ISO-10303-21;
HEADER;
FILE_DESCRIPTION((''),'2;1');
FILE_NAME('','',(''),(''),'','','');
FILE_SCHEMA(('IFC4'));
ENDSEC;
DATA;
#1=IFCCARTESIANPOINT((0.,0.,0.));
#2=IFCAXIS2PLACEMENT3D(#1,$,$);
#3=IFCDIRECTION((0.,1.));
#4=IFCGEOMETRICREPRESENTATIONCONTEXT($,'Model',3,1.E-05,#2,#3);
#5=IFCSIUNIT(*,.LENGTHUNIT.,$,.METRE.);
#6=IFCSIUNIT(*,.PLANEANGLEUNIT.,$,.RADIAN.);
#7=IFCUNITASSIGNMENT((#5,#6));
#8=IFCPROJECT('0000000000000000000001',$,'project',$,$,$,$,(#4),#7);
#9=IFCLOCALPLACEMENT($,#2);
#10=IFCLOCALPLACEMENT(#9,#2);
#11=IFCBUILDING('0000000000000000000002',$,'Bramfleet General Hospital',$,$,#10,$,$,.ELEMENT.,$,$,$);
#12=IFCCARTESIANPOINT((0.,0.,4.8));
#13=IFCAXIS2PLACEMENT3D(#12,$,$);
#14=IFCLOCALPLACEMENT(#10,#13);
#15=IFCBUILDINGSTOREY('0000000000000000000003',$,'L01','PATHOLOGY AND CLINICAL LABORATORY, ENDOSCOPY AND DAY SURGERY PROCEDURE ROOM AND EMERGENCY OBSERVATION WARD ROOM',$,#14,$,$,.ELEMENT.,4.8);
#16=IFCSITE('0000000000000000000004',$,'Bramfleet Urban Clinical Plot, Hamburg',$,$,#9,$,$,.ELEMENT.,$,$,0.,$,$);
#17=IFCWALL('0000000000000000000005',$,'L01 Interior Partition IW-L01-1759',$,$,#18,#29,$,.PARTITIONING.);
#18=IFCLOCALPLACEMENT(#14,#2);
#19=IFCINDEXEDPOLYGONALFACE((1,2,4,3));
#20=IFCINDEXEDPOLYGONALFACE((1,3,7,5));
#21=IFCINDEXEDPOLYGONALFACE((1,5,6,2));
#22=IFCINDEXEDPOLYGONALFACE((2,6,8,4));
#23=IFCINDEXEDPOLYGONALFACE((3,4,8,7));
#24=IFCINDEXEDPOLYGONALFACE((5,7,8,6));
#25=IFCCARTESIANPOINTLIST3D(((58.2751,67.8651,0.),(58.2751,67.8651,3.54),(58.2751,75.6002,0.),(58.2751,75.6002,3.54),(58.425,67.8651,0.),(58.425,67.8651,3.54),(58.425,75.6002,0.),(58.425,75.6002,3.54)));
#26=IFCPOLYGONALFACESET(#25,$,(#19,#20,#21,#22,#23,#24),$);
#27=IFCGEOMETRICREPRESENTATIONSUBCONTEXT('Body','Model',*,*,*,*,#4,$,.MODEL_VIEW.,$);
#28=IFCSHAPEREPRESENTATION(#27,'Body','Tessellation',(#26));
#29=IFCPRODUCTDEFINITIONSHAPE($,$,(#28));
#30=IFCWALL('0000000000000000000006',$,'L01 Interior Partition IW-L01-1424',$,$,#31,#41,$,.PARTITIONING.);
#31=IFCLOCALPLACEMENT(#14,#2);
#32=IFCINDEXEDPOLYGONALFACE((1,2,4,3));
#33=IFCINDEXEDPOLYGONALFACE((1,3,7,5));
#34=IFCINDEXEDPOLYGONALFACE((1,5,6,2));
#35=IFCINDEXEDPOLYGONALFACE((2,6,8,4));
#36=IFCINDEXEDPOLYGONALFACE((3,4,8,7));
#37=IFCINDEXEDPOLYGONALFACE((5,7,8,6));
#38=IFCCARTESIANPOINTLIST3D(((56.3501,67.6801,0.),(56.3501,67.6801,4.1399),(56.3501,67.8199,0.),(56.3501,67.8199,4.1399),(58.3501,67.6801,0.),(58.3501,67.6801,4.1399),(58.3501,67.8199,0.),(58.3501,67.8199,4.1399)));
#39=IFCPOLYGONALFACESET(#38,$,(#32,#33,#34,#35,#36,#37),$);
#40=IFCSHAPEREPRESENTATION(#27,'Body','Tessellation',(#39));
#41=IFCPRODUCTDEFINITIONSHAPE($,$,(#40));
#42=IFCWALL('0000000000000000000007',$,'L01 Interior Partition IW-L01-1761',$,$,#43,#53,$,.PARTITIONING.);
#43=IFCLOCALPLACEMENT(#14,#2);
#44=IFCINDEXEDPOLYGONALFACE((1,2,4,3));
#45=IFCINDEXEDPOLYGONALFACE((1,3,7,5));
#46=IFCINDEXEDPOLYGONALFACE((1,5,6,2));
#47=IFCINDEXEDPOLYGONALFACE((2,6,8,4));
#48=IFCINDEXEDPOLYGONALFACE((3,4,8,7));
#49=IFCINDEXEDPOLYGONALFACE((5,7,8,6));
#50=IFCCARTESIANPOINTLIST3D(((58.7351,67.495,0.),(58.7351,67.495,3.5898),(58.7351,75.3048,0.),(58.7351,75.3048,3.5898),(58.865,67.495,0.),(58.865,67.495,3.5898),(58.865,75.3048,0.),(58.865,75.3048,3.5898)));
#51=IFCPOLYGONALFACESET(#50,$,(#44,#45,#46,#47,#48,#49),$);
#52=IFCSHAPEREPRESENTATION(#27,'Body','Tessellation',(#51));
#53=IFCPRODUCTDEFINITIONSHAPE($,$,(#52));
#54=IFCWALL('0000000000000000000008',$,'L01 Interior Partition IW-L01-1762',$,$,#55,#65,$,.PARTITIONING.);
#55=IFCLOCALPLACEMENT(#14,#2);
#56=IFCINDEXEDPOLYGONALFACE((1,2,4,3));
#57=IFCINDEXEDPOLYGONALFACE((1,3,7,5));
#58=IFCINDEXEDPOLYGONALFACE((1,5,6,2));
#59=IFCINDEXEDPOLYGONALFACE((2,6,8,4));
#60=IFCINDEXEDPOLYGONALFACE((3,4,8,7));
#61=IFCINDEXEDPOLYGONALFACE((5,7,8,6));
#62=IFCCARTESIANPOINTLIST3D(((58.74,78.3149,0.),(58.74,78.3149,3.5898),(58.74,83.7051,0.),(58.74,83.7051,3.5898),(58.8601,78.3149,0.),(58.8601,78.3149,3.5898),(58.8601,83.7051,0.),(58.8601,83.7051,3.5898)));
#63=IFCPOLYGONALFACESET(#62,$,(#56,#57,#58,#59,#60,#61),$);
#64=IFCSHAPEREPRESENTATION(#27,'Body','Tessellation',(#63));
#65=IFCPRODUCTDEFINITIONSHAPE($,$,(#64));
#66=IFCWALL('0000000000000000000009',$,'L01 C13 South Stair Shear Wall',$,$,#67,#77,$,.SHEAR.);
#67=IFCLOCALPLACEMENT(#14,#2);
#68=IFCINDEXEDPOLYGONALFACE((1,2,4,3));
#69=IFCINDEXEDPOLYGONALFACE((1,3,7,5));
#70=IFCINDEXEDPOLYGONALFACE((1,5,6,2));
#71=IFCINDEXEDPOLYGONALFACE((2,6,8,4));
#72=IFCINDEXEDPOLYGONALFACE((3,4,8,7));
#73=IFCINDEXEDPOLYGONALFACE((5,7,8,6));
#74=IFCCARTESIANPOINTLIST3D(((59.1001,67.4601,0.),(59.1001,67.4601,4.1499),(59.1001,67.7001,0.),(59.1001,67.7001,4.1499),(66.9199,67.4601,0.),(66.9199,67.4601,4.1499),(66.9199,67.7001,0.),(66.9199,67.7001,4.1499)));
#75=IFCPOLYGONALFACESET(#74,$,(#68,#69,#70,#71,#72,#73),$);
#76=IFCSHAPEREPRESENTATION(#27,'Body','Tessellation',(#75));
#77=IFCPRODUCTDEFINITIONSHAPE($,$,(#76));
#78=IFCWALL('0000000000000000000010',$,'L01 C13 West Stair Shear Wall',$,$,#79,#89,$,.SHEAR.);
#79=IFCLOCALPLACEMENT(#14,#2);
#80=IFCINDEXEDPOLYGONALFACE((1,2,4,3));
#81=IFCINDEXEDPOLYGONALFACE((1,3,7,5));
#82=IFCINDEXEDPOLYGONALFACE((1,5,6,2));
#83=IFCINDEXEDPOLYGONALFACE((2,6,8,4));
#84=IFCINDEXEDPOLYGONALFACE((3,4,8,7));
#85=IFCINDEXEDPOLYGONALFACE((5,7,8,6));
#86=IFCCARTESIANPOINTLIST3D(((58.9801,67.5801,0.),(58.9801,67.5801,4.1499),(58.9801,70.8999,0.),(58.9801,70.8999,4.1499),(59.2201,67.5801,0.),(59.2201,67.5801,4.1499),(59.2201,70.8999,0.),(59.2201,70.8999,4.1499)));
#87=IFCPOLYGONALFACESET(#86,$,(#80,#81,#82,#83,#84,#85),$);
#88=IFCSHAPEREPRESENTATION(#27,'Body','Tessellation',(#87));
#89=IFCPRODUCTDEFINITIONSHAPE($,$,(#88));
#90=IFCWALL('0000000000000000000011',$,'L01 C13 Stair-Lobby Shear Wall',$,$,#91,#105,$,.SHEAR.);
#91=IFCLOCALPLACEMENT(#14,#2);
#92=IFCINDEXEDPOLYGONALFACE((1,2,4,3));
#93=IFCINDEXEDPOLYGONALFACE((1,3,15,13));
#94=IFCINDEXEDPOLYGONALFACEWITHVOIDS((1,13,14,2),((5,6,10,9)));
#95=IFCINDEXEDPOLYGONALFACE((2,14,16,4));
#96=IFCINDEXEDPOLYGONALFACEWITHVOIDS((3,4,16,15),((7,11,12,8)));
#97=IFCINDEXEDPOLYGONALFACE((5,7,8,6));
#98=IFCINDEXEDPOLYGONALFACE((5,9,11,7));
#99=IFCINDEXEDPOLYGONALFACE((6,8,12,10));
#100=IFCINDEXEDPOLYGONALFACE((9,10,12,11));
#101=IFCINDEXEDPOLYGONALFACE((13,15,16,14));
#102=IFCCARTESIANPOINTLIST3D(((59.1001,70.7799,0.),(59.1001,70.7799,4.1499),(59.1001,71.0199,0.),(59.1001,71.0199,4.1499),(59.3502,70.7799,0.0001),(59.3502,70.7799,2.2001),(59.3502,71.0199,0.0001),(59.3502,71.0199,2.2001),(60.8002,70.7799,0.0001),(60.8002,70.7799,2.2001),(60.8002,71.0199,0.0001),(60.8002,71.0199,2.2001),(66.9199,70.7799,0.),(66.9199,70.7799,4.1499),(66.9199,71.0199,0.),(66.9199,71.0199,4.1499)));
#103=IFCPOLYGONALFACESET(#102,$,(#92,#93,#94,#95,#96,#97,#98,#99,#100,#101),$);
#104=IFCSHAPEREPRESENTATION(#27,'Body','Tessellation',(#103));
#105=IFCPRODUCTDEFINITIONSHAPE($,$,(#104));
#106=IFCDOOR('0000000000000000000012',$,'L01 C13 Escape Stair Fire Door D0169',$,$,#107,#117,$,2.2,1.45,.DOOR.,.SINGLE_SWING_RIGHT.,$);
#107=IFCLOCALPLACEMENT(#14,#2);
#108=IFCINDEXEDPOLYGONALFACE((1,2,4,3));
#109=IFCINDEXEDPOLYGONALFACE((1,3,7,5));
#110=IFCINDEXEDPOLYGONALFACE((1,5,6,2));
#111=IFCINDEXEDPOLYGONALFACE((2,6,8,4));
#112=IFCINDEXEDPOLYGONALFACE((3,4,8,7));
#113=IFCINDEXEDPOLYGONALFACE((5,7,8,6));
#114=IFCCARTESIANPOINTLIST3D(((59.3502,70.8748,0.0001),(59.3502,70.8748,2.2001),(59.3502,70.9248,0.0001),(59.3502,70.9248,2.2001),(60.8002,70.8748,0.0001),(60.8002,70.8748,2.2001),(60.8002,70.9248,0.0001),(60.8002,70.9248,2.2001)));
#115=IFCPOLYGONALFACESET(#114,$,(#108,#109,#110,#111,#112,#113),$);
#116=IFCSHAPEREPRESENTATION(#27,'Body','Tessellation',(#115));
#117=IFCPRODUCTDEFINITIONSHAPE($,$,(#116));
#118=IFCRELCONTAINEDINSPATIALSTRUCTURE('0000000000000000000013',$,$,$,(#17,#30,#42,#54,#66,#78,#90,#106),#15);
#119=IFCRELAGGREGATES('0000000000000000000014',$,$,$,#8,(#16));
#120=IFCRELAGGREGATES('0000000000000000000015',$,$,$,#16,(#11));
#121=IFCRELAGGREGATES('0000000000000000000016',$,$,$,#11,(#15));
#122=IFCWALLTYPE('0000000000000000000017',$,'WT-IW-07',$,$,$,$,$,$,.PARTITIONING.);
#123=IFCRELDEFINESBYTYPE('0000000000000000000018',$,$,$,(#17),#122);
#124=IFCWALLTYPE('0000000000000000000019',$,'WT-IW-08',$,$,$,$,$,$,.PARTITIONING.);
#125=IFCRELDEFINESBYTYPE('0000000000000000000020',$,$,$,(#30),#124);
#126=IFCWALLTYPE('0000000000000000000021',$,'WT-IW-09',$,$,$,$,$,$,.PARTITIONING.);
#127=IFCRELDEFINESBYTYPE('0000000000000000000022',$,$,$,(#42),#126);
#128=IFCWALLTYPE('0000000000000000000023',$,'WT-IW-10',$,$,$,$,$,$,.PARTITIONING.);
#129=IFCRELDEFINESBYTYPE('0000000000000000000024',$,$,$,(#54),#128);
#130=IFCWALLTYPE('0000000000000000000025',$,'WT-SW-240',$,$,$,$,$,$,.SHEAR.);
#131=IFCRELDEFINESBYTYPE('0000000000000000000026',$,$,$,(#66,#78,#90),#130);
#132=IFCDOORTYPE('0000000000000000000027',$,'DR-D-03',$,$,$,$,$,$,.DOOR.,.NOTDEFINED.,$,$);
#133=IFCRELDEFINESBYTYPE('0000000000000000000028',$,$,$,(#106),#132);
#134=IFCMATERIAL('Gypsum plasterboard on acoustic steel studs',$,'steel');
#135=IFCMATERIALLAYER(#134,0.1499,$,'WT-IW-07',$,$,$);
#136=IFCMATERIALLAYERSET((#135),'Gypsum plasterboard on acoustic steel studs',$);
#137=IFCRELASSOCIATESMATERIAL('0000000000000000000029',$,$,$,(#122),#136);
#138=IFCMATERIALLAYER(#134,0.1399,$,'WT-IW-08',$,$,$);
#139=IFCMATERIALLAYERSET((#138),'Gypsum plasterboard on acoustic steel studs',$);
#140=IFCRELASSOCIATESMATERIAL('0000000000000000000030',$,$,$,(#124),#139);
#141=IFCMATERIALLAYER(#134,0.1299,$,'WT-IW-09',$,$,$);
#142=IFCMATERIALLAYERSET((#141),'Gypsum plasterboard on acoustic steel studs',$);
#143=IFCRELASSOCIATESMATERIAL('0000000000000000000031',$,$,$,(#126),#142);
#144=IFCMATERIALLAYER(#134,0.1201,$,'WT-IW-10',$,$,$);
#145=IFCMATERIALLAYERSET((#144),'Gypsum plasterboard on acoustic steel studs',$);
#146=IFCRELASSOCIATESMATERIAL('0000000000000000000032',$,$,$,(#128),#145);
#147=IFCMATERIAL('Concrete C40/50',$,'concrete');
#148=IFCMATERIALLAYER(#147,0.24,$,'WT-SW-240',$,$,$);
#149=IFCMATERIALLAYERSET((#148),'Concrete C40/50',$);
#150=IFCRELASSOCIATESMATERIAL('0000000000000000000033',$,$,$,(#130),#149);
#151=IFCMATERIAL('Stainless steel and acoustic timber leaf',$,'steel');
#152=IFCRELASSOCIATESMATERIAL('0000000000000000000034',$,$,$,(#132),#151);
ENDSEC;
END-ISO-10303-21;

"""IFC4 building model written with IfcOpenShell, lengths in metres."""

from ifc_helpers import new_model, si_unit, direction, frame, frame_2d, origin, place, context, subcontext, project, spatial, rectangle, extrude, material, layer, layer_set, type_object, element, fill, save


model = new_model("IFC4")

# Units and contexts
model_context = context("Model", 3, precision=1e-05, world=origin(), true_north=direction((0.0, 1.0)))
body_context = subcontext(model_context, "Body", "Model", "MODEL_VIEW")
ifc_project = project(units=[si_unit("LENGTHUNIT", "METRE"), si_unit("PLANEANGLEUNIT", "RADIAN")], contexts=[model_context])

# Site, building, storey
site_placement = place(None, origin())
site = spatial("IfcSite", under=ifc_project, at=site_placement, Name="Bramfleet Urban Clinical Plot, Hamburg", CompositionType="ELEMENT", RefElevation=0.0)
building_placement = place(site_placement, origin())
building = spatial("IfcBuilding", under=site, at=building_placement, Name="Bramfleet General Hospital", CompositionType="ELEMENT")
storey_placement = place(building_placement, frame((0.0, 0.0, 4.8)))
storey = spatial("IfcBuildingStorey", under=building, at=storey_placement, Name="L01", Description="PATHOLOGY AND CLINICAL LABORATORY, ENDOSCOPY AND DAY SURGERY PROCEDURE ROOM AND EMERGENCY OBSERVATION WARD ROOM", CompositionType="ELEMENT", Elevation=4.8)

# Shared definitions
ifc_material_1 = material(Name="Concrete C40/50", Category="concrete")

# Shared definitions
ifc_material_2 = material(Name="Stainless steel and acoustic timber leaf", Category="steel")
ifc_material_3 = material(Name="Gypsum plasterboard on acoustic steel studs", Category="steel")

# Walls
ifc_layer_1 = layer(ifc_material_3, 0.1499, Name="WT-IW-07")
ifc_layer_set_1 = layer_set([ifc_layer_1], Name="Gypsum plasterboard on acoustic steel studs")
wall_type_1 = type_object("IfcWallType", Name="WT-IW-07", PredefinedType="PARTITIONING", material=ifc_layer_set_1)
wall_1_placement = place(storey_placement, frame((58.3501, 67.865, 0.0), z_axis=(0.0, 0.0, 1.0), x_axis=(0.0, 1.0, 0.0)))
element("IfcWall", 1, at=wall_1_placement, inside=storey, type_object=wall_type_1, Name="L01 Interior Partition IW-L01-1759", PredefinedType="PARTITIONING", context=body_context, shape_type="SweptSolid", body=[
    extrude(rectangle(XDim=7.7351, YDim=0.1499, at=frame_2d((3.8677, 0.0))), origin(), (0.0, 0.0, 1.0), 3.54),
])
ifc_layer_2 = layer(ifc_material_3, 0.1399, Name="WT-IW-08")
ifc_layer_set_2 = layer_set([ifc_layer_2], Name="Gypsum plasterboard on acoustic steel studs")
wall_type_2 = type_object("IfcWallType", Name="WT-IW-08", PredefinedType="PARTITIONING", material=ifc_layer_set_2)
wall_2_placement = place(storey_placement, frame((56.3501, 67.75, 0.0), z_axis=(0.0, 0.0, 1.0), x_axis=(1.0, 0.0, 0.0)))
element("IfcWall", 2, at=wall_2_placement, inside=storey, type_object=wall_type_2, Name="L01 Interior Partition IW-L01-1424", PredefinedType="PARTITIONING", context=body_context, shape_type="SweptSolid", body=[
    extrude(rectangle(XDim=2.0, YDim=0.1399, at=frame_2d((1.0, 0.0))), origin(), (0.0, 0.0, 1.0), 4.1399),
])
ifc_layer_3 = layer(ifc_material_3, 0.1299, Name="WT-IW-09")
ifc_layer_set_3 = layer_set([ifc_layer_3], Name="Gypsum plasterboard on acoustic steel studs")
wall_type_3 = type_object("IfcWallType", Name="WT-IW-09", PredefinedType="PARTITIONING", material=ifc_layer_set_3)
wall_3_placement = place(storey_placement, frame((58.8, 67.4951, 0.0), z_axis=(0.0, 0.0, 1.0), x_axis=(0.0, 1.0, 0.0)))
element("IfcWall", 3, at=wall_3_placement, inside=storey, type_object=wall_type_3, Name="L01 Interior Partition IW-L01-1761", PredefinedType="PARTITIONING", context=body_context, shape_type="SweptSolid", body=[
    extrude(rectangle(XDim=7.8098, YDim=0.1299, at=frame_2d((3.9048, 0.0))), origin(), (0.0, 0.0, 1.0), 3.5898),
])
ifc_layer_4 = layer(ifc_material_3, 0.1201, Name="WT-IW-10")
ifc_layer_set_4 = layer_set([ifc_layer_4], Name="Gypsum plasterboard on acoustic steel studs")
wall_type_4 = type_object("IfcWallType", Name="WT-IW-10", PredefinedType="PARTITIONING", material=ifc_layer_set_4)
wall_4_placement = place(storey_placement, frame((58.8, 78.3149, 0.0), z_axis=(0.0, 0.0, 1.0), x_axis=(0.0, 1.0, 0.0)))
element("IfcWall", 4, at=wall_4_placement, inside=storey, type_object=wall_type_4, Name="L01 Interior Partition IW-L01-1762", PredefinedType="PARTITIONING", context=body_context, shape_type="SweptSolid", body=[
    extrude(rectangle(XDim=5.3901, YDim=0.1201, at=frame_2d((2.6951, 0.0))), origin(), (0.0, 0.0, 1.0), 3.5898),
])
ifc_layer_5 = layer(ifc_material_1, 0.24, Name="WT-SW-240")
ifc_layer_set_5 = layer_set([ifc_layer_5], Name="Concrete C40/50")
wall_type_5 = type_object("IfcWallType", Name="WT-SW-240", PredefinedType="SHEAR", material=ifc_layer_set_5)
wall_5_placement = place(storey_placement, frame((59.1001, 67.5801, 0.0), z_axis=(0.0, 0.0, 1.0), x_axis=(1.0, 0.0, 0.0)))
element("IfcWall", 5, at=wall_5_placement, inside=storey, type_object=wall_type_5, Name="L01 C13 South Stair Shear Wall", PredefinedType="SHEAR", context=body_context, shape_type="SweptSolid", body=[
    extrude(rectangle(XDim=7.8198, YDim=0.24, at=frame_2d((3.9099, 0.0))), origin(), (0.0, 0.0, 1.0), 4.1499),
])
wall_6_placement = place(storey_placement, frame((59.1001, 67.5801, 0.0), z_axis=(0.0, 0.0, 1.0), x_axis=(0.0, 1.0, 0.0)))
element("IfcWall", 6, at=wall_6_placement, inside=storey, type_object=wall_type_5, Name="L01 C13 West Stair Shear Wall", PredefinedType="SHEAR", context=body_context, shape_type="SweptSolid", body=[
    extrude(rectangle(XDim=3.3198, YDim=0.24, at=frame_2d((1.6599, 0.0))), origin(), (0.0, 0.0, 1.0), 4.1499),
])

# Wall, opening, door
wall_7_placement = place(storey_placement, frame((59.1001, 70.8999, 0.0), z_axis=(0.0, 0.0, 1.0), x_axis=(1.0, 0.0, 0.0)))
wall_7 = element("IfcWall", 7, at=wall_7_placement, inside=storey, type_object=wall_type_5, Name="L01 C13 Stair-Lobby Shear Wall", PredefinedType="SHEAR", context=body_context, shape_type="SweptSolid", body=[
    extrude(rectangle(XDim=7.8198, YDim=0.24, at=frame_2d((3.9099, 0.0))), origin(), (0.0, 0.0, 1.0), 4.1499),
])
opening_1_placement = place(wall_7_placement, frame((0.25, 0.0, 0.0)))
opening_1 = element("IfcOpeningElement", 8, at=opening_1_placement, cuts=wall_7, PredefinedType="OPENING", context=body_context, shape_type="SweptSolid", body=[
    extrude(rectangle(XDim=1.45, YDim=2.2, at=frame_2d((0.7251, 1.1001))), frame((0.0, 0.1299, 0.0), z_axis=(0.0, -1.0, 0.0), x_axis=(1.0, 0.0, 0.0)), (0.0, 0.0, 1.0), 0.26),
])
door_type_1 = type_object("IfcDoorType", Name="DR-D-03", OperationType="NOTDEFINED", PredefinedType="DOOR", material=ifc_material_2)
door_1_placement = place(opening_1_placement, origin())
door_1 = element("IfcDoor", 9, at=door_1_placement, inside=storey, type_object=door_type_1, Name="L01 C13 Escape Stair Fire Door D0169", OperationType="SINGLE_SWING_RIGHT", OverallHeight=2.2, OverallWidth=1.45, PredefinedType="DOOR", context=body_context, shape_type="SweptSolid", body=[
    extrude(rectangle(XDim=1.45, YDim=2.2, at=frame_2d((0.7251, 1.1001))), frame((0.0, 0.0249, 0.0), z_axis=(0.0, -1.0, 0.0), x_axis=(1.0, 0.0, 0.0)), (0.0, 0.0, 1.0), 0.05),
])
fill(opening_1, door_1)

save(model, "model.ifc")
